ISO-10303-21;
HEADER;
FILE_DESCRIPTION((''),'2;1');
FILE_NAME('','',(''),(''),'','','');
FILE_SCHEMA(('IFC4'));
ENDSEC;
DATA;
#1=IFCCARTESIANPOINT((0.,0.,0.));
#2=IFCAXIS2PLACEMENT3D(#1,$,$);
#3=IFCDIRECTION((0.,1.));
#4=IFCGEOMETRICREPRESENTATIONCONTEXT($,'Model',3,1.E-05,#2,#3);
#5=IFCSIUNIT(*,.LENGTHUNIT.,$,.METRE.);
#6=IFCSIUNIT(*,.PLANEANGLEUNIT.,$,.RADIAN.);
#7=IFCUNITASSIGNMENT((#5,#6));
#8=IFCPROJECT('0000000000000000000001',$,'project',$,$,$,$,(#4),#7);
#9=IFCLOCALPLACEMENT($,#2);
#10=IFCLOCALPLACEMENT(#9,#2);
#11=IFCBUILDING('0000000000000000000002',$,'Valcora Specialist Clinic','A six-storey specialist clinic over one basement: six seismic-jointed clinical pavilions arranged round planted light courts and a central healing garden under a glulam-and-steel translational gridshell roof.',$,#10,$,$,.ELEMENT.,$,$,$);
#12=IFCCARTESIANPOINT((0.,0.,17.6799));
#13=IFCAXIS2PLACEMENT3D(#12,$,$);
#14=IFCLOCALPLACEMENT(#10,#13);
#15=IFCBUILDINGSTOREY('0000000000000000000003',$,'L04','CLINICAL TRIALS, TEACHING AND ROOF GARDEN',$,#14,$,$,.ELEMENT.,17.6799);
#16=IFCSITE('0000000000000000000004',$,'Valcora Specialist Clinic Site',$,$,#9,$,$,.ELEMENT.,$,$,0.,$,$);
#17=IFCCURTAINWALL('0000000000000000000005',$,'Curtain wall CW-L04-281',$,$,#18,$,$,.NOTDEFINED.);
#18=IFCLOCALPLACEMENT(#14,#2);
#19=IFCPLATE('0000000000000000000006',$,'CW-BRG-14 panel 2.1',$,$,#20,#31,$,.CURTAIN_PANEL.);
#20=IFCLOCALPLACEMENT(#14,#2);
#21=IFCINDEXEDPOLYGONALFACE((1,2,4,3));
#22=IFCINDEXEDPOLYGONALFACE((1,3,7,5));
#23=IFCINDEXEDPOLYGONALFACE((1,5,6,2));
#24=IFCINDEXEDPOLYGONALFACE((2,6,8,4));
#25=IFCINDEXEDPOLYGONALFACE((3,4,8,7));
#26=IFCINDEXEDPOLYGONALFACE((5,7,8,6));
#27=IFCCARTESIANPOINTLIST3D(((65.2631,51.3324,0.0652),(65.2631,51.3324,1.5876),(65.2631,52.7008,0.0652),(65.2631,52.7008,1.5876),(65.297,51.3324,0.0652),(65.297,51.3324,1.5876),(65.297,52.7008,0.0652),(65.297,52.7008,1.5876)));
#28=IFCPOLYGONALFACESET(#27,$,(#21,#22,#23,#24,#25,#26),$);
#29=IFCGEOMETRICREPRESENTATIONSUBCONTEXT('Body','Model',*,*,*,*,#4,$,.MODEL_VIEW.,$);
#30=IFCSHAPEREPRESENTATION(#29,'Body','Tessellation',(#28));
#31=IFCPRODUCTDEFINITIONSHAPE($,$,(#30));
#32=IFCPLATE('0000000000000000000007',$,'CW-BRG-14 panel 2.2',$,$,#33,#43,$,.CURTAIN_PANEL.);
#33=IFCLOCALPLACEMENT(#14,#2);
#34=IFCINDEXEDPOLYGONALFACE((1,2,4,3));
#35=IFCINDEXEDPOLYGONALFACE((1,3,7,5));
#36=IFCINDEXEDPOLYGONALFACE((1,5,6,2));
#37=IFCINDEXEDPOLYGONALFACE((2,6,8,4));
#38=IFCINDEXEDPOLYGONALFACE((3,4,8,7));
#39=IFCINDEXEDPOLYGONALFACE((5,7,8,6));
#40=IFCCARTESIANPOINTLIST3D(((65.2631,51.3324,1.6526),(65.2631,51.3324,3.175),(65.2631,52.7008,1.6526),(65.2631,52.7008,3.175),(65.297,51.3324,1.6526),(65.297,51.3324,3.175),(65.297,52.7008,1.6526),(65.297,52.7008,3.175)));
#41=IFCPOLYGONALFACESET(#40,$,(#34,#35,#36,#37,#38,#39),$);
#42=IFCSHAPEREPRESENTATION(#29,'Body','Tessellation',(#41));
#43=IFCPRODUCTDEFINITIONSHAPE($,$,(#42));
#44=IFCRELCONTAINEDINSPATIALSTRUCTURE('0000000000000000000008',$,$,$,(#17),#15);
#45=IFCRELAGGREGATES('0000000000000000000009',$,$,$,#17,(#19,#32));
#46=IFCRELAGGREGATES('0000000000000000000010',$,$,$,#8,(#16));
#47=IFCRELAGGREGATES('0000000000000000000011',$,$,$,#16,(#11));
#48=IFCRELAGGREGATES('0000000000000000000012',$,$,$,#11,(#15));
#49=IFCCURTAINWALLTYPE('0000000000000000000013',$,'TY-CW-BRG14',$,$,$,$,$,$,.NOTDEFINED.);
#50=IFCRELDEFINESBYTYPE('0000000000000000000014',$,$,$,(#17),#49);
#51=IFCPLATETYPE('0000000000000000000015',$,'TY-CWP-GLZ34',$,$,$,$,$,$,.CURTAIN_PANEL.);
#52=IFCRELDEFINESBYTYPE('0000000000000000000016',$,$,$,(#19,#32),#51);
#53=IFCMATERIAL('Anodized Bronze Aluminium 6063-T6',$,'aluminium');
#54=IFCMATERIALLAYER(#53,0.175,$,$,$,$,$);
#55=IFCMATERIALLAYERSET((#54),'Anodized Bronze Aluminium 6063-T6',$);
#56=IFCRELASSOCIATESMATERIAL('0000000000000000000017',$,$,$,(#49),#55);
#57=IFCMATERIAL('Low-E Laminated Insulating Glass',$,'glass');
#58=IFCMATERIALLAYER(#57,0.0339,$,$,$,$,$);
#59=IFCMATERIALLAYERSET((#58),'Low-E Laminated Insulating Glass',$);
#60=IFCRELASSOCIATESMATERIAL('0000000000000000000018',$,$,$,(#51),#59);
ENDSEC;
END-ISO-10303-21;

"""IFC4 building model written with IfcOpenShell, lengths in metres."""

from ifc_helpers import new_model, si_unit, direction, frame, origin, origin_2d, place, context, subcontext, project, spatial, rectangle, extrude, material, layer, layer_set, type_object, element, aggregate, save


model = new_model("IFC4")

# Units and contexts
model_context = context("Model", 3, precision=1e-05, world=origin(), true_north=direction((0.0, 1.0)))
body_context = subcontext(model_context, "Body", "Model", "MODEL_VIEW")
ifc_project = project(units=[si_unit("LENGTHUNIT", "METRE"), si_unit("PLANEANGLEUNIT", "RADIAN")], contexts=[model_context])

# Site, building, storey
site_placement = place(None, origin())
site = spatial("IfcSite", under=ifc_project, at=site_placement, Name="Valcora Specialist Clinic Site", CompositionType="ELEMENT", RefElevation=0.0)
building_placement = place(site_placement, origin())
building = spatial("IfcBuilding", under=site, at=building_placement, Name="Valcora Specialist Clinic", Description="A six-storey specialist clinic over one basement: six seismic-jointed clinical pavilions arranged round planted light courts and a central healing garden under a glulam-and-steel translational gridshell roof.", CompositionType="ELEMENT")
storey_placement = place(building_placement, frame((0.0, 0.0, 17.6799)))
storey = spatial("IfcBuildingStorey", under=building, at=storey_placement, Name="L04", Description="CLINICAL TRIALS, TEACHING AND ROOF GARDEN", CompositionType="ELEMENT", Elevation=17.6799)

# Shared definitions
ifc_material_1 = material(Name="Anodized Bronze Aluminium 6063-T6", Category="aluminium")
ifc_layer_1 = layer(ifc_material_1, 0.175)
ifc_layer_set_1 = layer_set([ifc_layer_1], Name="Anodized Bronze Aluminium 6063-T6")
curtain_wall_type = type_object("IfcCurtainWallType", Name="TY-CW-BRG14", PredefinedType="NOTDEFINED", material=ifc_layer_set_1)

# Curtain wall
curtain_wall_1_placement = place(storey_placement, origin())
curtain_wall_1 = element("IfcCurtainWall", 1, at=curtain_wall_1_placement, inside=storey, type_object=curtain_wall_type, Name="Curtain wall CW-L04-281", PredefinedType="NOTDEFINED")

# Shared definitions
ifc_material_2 = material(Name="Low-E Laminated Insulating Glass", Category="glass")

# Shared definitions
ifc_layer_2 = layer(ifc_material_2, 0.0339)
ifc_layer_set_2 = layer_set([ifc_layer_2], Name="Low-E Laminated Insulating Glass")
plate_type_1 = type_object("IfcPlateType", Name="TY-CWP-GLZ34", PredefinedType="CURTAIN_PANEL", material=ifc_layer_set_2)

# Plates
plate_1_placement = place(storey_placement, frame((65.28, 52.0166, 0.0652), z_axis=(0.0, 0.0, 1.0), x_axis=(0.0, 1.0, 0.0)))
plate_1 = element("IfcPlate", 2, at=plate_1_placement, type_object=plate_type_1, Name="CW-BRG-14 panel 2.1", PredefinedType="CURTAIN_PANEL", context=body_context, shape_type="SweptSolid", body=[
    extrude(rectangle(XDim=1.3684, YDim=0.0339, at=origin_2d()), origin(), (0.0, 0.0, 1.0), 1.5225),
])
plate_2_placement = place(storey_placement, frame((65.28, 52.0166, 1.6526), z_axis=(0.0, 0.0, 1.0), x_axis=(0.0, 1.0, 0.0)))
plate_2 = element("IfcPlate", 3, at=plate_2_placement, type_object=plate_type_1, Name="CW-BRG-14 panel 2.2", PredefinedType="CURTAIN_PANEL", context=body_context, shape_type="SweptSolid", body=[
    extrude(rectangle(XDim=1.3684, YDim=0.0339, at=origin_2d()), origin(), (0.0, 0.0, 1.0), 1.5225),
])
aggregate(curtain_wall_1, [plate_1, plate_2])

save(model, "model.ifc")
